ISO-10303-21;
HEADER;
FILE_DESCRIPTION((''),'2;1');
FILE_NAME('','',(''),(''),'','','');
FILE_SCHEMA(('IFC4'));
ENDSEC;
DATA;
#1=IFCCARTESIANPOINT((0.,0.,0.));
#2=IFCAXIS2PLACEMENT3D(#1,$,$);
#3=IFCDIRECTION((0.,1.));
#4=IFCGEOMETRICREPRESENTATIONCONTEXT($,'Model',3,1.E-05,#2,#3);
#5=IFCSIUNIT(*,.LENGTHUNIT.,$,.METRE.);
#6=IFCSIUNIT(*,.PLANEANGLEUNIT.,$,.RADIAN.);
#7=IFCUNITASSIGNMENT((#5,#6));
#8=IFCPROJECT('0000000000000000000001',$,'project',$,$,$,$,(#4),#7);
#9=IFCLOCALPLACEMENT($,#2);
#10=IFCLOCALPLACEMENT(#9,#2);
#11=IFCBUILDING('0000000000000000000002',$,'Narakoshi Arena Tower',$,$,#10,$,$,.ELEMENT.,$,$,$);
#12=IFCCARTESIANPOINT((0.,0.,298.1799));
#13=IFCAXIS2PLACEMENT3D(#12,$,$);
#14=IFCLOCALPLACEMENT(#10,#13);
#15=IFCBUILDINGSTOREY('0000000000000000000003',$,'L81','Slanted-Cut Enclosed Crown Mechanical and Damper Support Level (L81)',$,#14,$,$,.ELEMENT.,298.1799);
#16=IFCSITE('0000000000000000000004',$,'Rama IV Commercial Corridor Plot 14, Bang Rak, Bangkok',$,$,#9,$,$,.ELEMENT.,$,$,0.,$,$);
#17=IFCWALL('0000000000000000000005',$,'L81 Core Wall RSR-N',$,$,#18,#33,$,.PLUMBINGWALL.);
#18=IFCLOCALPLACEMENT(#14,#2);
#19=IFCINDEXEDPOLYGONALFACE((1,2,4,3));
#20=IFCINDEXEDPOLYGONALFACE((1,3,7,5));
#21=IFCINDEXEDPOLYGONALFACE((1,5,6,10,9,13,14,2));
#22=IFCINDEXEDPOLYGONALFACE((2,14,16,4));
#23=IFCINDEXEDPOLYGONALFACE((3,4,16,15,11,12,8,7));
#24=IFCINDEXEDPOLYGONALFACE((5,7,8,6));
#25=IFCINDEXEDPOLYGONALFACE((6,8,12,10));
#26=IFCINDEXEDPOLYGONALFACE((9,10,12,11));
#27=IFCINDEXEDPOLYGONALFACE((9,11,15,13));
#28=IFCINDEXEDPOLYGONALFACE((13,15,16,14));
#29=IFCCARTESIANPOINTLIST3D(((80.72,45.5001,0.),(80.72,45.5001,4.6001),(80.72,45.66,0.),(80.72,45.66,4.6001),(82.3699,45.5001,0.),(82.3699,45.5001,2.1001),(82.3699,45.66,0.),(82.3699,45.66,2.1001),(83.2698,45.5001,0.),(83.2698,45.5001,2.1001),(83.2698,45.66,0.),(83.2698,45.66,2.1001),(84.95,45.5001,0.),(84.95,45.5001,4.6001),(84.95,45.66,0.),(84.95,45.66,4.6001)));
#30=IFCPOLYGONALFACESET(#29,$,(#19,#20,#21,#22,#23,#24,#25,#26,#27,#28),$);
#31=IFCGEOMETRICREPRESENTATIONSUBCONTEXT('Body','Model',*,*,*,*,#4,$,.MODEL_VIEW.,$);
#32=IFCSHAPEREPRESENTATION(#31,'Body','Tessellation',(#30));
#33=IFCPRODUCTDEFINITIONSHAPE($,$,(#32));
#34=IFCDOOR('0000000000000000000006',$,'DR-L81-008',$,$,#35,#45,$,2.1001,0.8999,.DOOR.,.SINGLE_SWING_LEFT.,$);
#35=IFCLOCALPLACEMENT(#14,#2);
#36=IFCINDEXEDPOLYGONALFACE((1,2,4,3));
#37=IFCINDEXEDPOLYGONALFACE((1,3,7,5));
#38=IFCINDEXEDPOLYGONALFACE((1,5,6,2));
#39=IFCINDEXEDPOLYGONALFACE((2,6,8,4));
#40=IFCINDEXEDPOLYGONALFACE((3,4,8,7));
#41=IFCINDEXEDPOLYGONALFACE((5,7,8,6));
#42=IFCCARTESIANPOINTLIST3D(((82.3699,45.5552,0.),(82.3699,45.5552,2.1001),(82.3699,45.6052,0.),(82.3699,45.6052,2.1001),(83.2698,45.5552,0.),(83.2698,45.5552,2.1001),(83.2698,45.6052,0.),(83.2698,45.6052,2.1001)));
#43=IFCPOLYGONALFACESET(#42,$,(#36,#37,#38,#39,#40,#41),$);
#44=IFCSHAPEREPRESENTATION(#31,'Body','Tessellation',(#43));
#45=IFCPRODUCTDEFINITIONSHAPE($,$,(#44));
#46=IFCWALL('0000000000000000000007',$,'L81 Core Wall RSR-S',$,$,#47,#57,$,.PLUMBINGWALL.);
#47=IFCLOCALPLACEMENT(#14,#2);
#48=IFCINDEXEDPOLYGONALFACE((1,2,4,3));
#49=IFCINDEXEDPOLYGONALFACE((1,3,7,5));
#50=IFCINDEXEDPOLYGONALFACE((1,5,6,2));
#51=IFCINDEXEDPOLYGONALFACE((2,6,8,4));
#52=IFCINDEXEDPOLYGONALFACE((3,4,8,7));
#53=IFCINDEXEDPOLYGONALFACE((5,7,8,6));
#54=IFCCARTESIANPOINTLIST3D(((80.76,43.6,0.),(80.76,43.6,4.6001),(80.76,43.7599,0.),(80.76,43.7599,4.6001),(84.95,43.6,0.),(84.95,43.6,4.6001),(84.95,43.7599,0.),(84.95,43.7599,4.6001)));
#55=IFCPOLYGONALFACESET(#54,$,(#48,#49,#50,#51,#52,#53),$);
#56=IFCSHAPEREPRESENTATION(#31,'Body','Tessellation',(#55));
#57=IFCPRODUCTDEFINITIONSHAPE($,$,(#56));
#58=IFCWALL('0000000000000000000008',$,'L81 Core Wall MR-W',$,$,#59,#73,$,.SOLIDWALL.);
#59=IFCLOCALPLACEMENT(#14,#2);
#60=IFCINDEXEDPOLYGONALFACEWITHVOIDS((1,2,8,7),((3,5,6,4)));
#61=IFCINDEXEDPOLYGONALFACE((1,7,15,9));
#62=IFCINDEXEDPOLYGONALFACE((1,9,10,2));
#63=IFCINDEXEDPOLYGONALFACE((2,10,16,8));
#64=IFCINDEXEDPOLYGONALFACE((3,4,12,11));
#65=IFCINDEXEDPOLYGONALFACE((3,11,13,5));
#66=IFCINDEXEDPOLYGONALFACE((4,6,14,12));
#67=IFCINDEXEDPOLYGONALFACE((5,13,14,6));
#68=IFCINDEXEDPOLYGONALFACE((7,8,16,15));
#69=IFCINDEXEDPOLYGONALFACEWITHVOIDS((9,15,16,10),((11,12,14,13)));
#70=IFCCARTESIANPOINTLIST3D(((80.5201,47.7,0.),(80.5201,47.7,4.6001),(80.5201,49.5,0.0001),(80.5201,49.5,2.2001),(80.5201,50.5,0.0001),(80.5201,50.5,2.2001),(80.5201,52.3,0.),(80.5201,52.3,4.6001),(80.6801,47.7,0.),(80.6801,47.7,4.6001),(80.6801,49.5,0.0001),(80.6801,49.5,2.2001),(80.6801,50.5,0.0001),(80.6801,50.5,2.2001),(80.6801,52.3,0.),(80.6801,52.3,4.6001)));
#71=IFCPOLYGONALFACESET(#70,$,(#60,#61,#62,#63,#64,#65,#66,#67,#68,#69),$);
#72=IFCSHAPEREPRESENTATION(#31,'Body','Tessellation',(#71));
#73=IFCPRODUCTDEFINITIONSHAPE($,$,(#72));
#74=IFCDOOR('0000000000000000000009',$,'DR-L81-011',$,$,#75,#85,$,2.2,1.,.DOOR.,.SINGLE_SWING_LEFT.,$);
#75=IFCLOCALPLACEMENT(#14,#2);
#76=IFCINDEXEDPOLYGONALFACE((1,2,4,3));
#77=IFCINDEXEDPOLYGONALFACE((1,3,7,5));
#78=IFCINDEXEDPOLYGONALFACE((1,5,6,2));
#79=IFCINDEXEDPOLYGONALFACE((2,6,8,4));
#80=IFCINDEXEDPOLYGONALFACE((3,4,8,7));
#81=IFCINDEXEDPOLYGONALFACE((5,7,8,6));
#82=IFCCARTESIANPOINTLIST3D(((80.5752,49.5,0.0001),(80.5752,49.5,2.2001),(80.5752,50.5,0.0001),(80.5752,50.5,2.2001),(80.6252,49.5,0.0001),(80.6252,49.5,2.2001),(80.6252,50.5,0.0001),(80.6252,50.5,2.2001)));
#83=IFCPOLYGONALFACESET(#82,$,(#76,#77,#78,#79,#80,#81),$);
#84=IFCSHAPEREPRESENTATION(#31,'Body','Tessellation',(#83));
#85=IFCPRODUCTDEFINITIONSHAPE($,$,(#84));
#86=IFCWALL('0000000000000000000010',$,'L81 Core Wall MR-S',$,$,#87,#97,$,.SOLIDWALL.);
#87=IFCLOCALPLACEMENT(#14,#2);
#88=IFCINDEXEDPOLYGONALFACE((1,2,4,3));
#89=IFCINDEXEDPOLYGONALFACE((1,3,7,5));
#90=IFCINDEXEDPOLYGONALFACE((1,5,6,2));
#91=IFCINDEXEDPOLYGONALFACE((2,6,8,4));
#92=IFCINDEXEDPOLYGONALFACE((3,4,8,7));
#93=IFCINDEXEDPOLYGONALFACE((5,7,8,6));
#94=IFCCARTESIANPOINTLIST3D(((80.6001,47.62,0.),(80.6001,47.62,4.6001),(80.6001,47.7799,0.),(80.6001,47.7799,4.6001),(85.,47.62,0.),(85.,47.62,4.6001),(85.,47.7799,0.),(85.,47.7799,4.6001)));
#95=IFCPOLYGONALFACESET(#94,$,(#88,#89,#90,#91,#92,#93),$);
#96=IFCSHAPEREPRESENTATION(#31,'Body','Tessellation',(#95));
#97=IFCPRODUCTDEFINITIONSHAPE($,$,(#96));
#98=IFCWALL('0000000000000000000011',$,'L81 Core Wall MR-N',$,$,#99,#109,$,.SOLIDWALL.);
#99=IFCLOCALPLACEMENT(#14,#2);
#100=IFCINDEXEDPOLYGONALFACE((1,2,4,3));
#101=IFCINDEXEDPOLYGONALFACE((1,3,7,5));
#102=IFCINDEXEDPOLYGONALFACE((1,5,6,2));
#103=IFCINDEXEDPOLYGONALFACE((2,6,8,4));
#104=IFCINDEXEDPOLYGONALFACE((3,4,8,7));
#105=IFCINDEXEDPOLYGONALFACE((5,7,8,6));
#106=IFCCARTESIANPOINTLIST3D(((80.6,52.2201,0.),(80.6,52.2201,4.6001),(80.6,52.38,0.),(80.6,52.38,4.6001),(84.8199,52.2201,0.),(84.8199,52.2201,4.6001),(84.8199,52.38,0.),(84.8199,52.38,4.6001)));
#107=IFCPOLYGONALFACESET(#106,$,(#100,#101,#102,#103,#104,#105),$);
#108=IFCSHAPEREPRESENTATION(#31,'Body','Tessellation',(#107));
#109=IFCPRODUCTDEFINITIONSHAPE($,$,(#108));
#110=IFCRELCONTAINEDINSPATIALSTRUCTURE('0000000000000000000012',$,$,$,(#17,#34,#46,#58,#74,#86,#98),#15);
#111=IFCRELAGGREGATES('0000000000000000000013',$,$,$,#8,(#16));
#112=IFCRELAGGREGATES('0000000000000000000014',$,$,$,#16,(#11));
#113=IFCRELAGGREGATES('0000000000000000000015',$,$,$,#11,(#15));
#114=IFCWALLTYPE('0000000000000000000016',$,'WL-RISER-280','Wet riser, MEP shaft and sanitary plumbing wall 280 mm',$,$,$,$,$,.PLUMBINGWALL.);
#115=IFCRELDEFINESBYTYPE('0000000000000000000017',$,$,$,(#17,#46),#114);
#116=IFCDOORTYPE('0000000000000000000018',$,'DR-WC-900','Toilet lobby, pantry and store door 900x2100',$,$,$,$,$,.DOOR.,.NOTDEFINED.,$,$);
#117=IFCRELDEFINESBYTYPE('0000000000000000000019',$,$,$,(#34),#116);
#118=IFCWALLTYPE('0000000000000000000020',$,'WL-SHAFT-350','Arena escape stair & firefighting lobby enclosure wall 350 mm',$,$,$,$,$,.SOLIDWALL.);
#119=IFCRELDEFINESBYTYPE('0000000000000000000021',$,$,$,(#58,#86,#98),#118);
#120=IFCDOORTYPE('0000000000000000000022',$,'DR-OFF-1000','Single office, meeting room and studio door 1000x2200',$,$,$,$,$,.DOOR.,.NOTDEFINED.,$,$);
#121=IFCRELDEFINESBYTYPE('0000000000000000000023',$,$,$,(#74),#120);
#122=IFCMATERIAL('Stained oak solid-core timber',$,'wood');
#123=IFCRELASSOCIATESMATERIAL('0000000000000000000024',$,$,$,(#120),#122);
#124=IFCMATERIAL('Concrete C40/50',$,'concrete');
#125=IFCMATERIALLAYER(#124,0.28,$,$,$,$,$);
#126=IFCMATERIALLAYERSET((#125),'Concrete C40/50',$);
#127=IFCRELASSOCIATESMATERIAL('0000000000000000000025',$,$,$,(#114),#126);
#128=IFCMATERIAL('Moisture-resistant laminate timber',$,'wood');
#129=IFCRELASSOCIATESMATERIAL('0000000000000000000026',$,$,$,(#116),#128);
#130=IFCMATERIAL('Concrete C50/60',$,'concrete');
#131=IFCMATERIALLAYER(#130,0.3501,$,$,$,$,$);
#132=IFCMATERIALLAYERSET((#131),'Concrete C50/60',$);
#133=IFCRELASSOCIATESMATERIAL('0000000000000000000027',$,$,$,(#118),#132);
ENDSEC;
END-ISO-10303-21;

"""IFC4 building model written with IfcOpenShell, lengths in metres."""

from ifc_helpers import new_model, si_unit, direction, frame, frame_2d, origin, place, context, subcontext, project, spatial, rectangle, extrude, material, layer, layer_set, type_object, element, fill, save


model = new_model("IFC4")

# Units and contexts
model_context = context("Model", 3, precision=1e-05, world=origin(), true_north=direction((0.0, 1.0)))
body_context = subcontext(model_context, "Body", "Model", "MODEL_VIEW")
ifc_project = project(units=[si_unit("LENGTHUNIT", "METRE"), si_unit("PLANEANGLEUNIT", "RADIAN")], contexts=[model_context])

# Site, building, storey
site_placement = place(None, origin())
site = spatial("IfcSite", under=ifc_project, at=site_placement, Name="Rama IV Commercial Corridor Plot 14, Bang Rak, Bangkok", CompositionType="ELEMENT", RefElevation=0.0)
building_placement = place(site_placement, origin())
building = spatial("IfcBuilding", under=site, at=building_placement, Name="Narakoshi Arena Tower", CompositionType="ELEMENT")
storey_placement = place(building_placement, frame((0.0, 0.0, 298.1799)))
storey = spatial("IfcBuildingStorey", under=building, at=storey_placement, Name="L81", Description="Slanted-Cut Enclosed Crown Mechanical and Damper Support Level (L81)", CompositionType="ELEMENT", Elevation=298.1799)

# Shared definitions
ifc_material_1 = material(Name="Concrete C50/60", Category="concrete")

# Shared definitions
ifc_material_2 = material(Name="Stained oak solid-core timber", Category="wood")
door_type_1 = type_object("IfcDoorType", Name="DR-OFF-1000", Description="Single office, meeting room and studio door 1000x2200", OperationType="NOTDEFINED", PredefinedType="DOOR", material=ifc_material_2)

# Shared definitions
ifc_material_3 = material(Name="Concrete C40/50", Category="concrete")
ifc_layer_1 = layer(ifc_material_3, 0.28)
ifc_layer_set_1 = layer_set([ifc_layer_1], Name="Concrete C40/50")
wall_type_1 = type_object("IfcWallType", Name="WL-RISER-280", Description="Wet riser, MEP shaft and sanitary plumbing wall 280 mm", PredefinedType="PLUMBINGWALL", material=ifc_layer_set_1)
ifc_material_4 = material(Name="Moisture-resistant laminate timber", Category="wood")
door_type_2 = type_object("IfcDoorType", Name="DR-WC-900", Description="Toilet lobby, pantry and store door 900x2100", OperationType="NOTDEFINED", PredefinedType="DOOR", material=ifc_material_4)

# Wall, opening, door
wall_1_placement = place(storey_placement, frame((80.72, 45.5801, 0.0), z_axis=(0.0, 0.0, 1.0), x_axis=(1.0, 0.0, 0.0)))
wall_1 = element("IfcWall", 1, at=wall_1_placement, inside=storey, type_object=wall_type_1, Name="L81 Core Wall RSR-N", PredefinedType="PLUMBINGWALL", context=body_context, shape_type="SweptSolid", body=[
    extrude(rectangle(XDim=4.23, YDim=0.1599, at=frame_2d((2.115, 0.0))), origin(), (0.0, 0.0, 1.0), 4.6001),
])
opening_1_placement = place(wall_1_placement, frame((1.6499, 0.0, 0.0)))
opening_1 = element("IfcOpeningElement", 2, at=opening_1_placement, cuts=wall_1, PredefinedType="OPENING", context=body_context, shape_type="SweptSolid", body=[
    extrude(rectangle(XDim=0.8999, YDim=2.1001, at=frame_2d((0.45, 1.05))), frame((0.0, 0.0898, 0.0), z_axis=(0.0, -1.0, 0.0), x_axis=(1.0, 0.0, 0.0)), (0.0, 0.0, 1.0), 0.1799),
])
door_1_placement = place(opening_1_placement, frame((0.8999, 0.0, 0.0), z_axis=(0.0, 0.0, 1.0), x_axis=(-1.0, 0.0, 0.0)))
door_1 = element("IfcDoor", 3, at=door_1_placement, inside=storey, type_object=door_type_2, Name="DR-L81-008", OperationType="SINGLE_SWING_LEFT", OverallHeight=2.1001, OverallWidth=0.8999, PredefinedType="DOOR", context=body_context, shape_type="SweptSolid", body=[
    extrude(rectangle(XDim=0.8999, YDim=2.1001, at=frame_2d((0.45, 1.05))), frame((0.0, 0.0249, 0.0), z_axis=(0.0, -1.0, 0.0), x_axis=(1.0, 0.0, 0.0)), (0.0, 0.0, 1.0), 0.05),
])
fill(opening_1, door_1)

# Wall
wall_2_placement = place(storey_placement, frame((80.76, 43.6799, 0.0), z_axis=(0.0, 0.0, 1.0), x_axis=(1.0, 0.0, 0.0)))
element("IfcWall", 4, at=wall_2_placement, inside=storey, type_object=wall_type_1, Name="L81 Core Wall RSR-S", PredefinedType="PLUMBINGWALL", context=body_context, shape_type="SweptSolid", body=[
    extrude(rectangle(XDim=4.1899, YDim=0.1599, at=frame_2d((2.095, 0.0))), origin(), (0.0, 0.0, 1.0), 4.6001),
])

# Wall, opening, door
ifc_layer_2 = layer(ifc_material_1, 0.3501)
ifc_layer_set_2 = layer_set([ifc_layer_2], Name="Concrete C50/60")
wall_type_2 = type_object("IfcWallType", Name="WL-SHAFT-350", Description="Arena escape stair & firefighting lobby enclosure wall 350 mm", PredefinedType="SOLIDWALL", material=ifc_layer_set_2)
wall_3_placement = place(storey_placement, frame((80.6001, 47.7, 0.0), z_axis=(0.0, 0.0, 1.0), x_axis=(0.0, 1.0, 0.0)))
wall_3 = element("IfcWall", 5, at=wall_3_placement, inside=storey, type_object=wall_type_2, Name="L81 Core Wall MR-W", PredefinedType="SOLIDWALL", context=body_context, shape_type="SweptSolid", body=[
    extrude(rectangle(XDim=4.6001, YDim=0.1599, at=frame_2d((2.3, 0.0))), origin(), (0.0, 0.0, 1.0), 4.6001),
])
opening_2_placement = place(wall_3_placement, frame((1.8, 0.0, 0.0)))
opening_2 = element("IfcOpeningElement", 6, at=opening_2_placement, cuts=wall_3, PredefinedType="OPENING", context=body_context, shape_type="SweptSolid", body=[
    extrude(rectangle(XDim=1.0, YDim=2.2, at=frame_2d((0.5, 1.1001))), frame((0.0, 0.0898, 0.0), z_axis=(0.0, -1.0, 0.0), x_axis=(1.0, 0.0, 0.0)), (0.0, 0.0, 1.0), 0.1799),
])
door_2_placement = place(opening_2_placement, origin())
door_2 = element("IfcDoor", 7, at=door_2_placement, inside=storey, type_object=door_type_1, Name="DR-L81-011", OperationType="SINGLE_SWING_LEFT", OverallHeight=2.2, OverallWidth=1.0, PredefinedType="DOOR", context=body_context, shape_type="SweptSolid", body=[
    extrude(rectangle(XDim=1.0, YDim=2.2, at=frame_2d((0.5, 1.1001))), frame((0.0, 0.0249, 0.0), z_axis=(0.0, -1.0, 0.0), x_axis=(1.0, 0.0, 0.0)), (0.0, 0.0, 1.0), 0.05),
])
fill(opening_2, door_2)

# Walls
wall_4_placement = place(storey_placement, frame((80.6001, 47.7, 0.0), z_axis=(0.0, 0.0, 1.0), x_axis=(1.0, 0.0, 0.0)))
element("IfcWall", 8, at=wall_4_placement, inside=storey, type_object=wall_type_2, Name="L81 Core Wall MR-S", PredefinedType="SOLIDWALL", context=body_context, shape_type="SweptSolid", body=[
    extrude(rectangle(XDim=4.3999, YDim=0.1599, at=frame_2d((2.2, 0.0))), origin(), (0.0, 0.0, 1.0), 4.6001),
])
wall_5_placement = place(storey_placement, frame((80.6001, 52.3, 0.0), z_axis=(0.0, 0.0, 1.0), x_axis=(1.0, 0.0, 0.0)))
element("IfcWall", 9, at=wall_5_placement, inside=storey, type_object=wall_type_2, Name="L81 Core Wall MR-N", PredefinedType="SOLIDWALL", context=body_context, shape_type="SweptSolid", body=[
    extrude(rectangle(XDim=4.22, YDim=0.1599, at=frame_2d((2.1099, 0.0))), origin(), (0.0, 0.0, 1.0), 4.6001),
])

save(model, "model.ifc")
